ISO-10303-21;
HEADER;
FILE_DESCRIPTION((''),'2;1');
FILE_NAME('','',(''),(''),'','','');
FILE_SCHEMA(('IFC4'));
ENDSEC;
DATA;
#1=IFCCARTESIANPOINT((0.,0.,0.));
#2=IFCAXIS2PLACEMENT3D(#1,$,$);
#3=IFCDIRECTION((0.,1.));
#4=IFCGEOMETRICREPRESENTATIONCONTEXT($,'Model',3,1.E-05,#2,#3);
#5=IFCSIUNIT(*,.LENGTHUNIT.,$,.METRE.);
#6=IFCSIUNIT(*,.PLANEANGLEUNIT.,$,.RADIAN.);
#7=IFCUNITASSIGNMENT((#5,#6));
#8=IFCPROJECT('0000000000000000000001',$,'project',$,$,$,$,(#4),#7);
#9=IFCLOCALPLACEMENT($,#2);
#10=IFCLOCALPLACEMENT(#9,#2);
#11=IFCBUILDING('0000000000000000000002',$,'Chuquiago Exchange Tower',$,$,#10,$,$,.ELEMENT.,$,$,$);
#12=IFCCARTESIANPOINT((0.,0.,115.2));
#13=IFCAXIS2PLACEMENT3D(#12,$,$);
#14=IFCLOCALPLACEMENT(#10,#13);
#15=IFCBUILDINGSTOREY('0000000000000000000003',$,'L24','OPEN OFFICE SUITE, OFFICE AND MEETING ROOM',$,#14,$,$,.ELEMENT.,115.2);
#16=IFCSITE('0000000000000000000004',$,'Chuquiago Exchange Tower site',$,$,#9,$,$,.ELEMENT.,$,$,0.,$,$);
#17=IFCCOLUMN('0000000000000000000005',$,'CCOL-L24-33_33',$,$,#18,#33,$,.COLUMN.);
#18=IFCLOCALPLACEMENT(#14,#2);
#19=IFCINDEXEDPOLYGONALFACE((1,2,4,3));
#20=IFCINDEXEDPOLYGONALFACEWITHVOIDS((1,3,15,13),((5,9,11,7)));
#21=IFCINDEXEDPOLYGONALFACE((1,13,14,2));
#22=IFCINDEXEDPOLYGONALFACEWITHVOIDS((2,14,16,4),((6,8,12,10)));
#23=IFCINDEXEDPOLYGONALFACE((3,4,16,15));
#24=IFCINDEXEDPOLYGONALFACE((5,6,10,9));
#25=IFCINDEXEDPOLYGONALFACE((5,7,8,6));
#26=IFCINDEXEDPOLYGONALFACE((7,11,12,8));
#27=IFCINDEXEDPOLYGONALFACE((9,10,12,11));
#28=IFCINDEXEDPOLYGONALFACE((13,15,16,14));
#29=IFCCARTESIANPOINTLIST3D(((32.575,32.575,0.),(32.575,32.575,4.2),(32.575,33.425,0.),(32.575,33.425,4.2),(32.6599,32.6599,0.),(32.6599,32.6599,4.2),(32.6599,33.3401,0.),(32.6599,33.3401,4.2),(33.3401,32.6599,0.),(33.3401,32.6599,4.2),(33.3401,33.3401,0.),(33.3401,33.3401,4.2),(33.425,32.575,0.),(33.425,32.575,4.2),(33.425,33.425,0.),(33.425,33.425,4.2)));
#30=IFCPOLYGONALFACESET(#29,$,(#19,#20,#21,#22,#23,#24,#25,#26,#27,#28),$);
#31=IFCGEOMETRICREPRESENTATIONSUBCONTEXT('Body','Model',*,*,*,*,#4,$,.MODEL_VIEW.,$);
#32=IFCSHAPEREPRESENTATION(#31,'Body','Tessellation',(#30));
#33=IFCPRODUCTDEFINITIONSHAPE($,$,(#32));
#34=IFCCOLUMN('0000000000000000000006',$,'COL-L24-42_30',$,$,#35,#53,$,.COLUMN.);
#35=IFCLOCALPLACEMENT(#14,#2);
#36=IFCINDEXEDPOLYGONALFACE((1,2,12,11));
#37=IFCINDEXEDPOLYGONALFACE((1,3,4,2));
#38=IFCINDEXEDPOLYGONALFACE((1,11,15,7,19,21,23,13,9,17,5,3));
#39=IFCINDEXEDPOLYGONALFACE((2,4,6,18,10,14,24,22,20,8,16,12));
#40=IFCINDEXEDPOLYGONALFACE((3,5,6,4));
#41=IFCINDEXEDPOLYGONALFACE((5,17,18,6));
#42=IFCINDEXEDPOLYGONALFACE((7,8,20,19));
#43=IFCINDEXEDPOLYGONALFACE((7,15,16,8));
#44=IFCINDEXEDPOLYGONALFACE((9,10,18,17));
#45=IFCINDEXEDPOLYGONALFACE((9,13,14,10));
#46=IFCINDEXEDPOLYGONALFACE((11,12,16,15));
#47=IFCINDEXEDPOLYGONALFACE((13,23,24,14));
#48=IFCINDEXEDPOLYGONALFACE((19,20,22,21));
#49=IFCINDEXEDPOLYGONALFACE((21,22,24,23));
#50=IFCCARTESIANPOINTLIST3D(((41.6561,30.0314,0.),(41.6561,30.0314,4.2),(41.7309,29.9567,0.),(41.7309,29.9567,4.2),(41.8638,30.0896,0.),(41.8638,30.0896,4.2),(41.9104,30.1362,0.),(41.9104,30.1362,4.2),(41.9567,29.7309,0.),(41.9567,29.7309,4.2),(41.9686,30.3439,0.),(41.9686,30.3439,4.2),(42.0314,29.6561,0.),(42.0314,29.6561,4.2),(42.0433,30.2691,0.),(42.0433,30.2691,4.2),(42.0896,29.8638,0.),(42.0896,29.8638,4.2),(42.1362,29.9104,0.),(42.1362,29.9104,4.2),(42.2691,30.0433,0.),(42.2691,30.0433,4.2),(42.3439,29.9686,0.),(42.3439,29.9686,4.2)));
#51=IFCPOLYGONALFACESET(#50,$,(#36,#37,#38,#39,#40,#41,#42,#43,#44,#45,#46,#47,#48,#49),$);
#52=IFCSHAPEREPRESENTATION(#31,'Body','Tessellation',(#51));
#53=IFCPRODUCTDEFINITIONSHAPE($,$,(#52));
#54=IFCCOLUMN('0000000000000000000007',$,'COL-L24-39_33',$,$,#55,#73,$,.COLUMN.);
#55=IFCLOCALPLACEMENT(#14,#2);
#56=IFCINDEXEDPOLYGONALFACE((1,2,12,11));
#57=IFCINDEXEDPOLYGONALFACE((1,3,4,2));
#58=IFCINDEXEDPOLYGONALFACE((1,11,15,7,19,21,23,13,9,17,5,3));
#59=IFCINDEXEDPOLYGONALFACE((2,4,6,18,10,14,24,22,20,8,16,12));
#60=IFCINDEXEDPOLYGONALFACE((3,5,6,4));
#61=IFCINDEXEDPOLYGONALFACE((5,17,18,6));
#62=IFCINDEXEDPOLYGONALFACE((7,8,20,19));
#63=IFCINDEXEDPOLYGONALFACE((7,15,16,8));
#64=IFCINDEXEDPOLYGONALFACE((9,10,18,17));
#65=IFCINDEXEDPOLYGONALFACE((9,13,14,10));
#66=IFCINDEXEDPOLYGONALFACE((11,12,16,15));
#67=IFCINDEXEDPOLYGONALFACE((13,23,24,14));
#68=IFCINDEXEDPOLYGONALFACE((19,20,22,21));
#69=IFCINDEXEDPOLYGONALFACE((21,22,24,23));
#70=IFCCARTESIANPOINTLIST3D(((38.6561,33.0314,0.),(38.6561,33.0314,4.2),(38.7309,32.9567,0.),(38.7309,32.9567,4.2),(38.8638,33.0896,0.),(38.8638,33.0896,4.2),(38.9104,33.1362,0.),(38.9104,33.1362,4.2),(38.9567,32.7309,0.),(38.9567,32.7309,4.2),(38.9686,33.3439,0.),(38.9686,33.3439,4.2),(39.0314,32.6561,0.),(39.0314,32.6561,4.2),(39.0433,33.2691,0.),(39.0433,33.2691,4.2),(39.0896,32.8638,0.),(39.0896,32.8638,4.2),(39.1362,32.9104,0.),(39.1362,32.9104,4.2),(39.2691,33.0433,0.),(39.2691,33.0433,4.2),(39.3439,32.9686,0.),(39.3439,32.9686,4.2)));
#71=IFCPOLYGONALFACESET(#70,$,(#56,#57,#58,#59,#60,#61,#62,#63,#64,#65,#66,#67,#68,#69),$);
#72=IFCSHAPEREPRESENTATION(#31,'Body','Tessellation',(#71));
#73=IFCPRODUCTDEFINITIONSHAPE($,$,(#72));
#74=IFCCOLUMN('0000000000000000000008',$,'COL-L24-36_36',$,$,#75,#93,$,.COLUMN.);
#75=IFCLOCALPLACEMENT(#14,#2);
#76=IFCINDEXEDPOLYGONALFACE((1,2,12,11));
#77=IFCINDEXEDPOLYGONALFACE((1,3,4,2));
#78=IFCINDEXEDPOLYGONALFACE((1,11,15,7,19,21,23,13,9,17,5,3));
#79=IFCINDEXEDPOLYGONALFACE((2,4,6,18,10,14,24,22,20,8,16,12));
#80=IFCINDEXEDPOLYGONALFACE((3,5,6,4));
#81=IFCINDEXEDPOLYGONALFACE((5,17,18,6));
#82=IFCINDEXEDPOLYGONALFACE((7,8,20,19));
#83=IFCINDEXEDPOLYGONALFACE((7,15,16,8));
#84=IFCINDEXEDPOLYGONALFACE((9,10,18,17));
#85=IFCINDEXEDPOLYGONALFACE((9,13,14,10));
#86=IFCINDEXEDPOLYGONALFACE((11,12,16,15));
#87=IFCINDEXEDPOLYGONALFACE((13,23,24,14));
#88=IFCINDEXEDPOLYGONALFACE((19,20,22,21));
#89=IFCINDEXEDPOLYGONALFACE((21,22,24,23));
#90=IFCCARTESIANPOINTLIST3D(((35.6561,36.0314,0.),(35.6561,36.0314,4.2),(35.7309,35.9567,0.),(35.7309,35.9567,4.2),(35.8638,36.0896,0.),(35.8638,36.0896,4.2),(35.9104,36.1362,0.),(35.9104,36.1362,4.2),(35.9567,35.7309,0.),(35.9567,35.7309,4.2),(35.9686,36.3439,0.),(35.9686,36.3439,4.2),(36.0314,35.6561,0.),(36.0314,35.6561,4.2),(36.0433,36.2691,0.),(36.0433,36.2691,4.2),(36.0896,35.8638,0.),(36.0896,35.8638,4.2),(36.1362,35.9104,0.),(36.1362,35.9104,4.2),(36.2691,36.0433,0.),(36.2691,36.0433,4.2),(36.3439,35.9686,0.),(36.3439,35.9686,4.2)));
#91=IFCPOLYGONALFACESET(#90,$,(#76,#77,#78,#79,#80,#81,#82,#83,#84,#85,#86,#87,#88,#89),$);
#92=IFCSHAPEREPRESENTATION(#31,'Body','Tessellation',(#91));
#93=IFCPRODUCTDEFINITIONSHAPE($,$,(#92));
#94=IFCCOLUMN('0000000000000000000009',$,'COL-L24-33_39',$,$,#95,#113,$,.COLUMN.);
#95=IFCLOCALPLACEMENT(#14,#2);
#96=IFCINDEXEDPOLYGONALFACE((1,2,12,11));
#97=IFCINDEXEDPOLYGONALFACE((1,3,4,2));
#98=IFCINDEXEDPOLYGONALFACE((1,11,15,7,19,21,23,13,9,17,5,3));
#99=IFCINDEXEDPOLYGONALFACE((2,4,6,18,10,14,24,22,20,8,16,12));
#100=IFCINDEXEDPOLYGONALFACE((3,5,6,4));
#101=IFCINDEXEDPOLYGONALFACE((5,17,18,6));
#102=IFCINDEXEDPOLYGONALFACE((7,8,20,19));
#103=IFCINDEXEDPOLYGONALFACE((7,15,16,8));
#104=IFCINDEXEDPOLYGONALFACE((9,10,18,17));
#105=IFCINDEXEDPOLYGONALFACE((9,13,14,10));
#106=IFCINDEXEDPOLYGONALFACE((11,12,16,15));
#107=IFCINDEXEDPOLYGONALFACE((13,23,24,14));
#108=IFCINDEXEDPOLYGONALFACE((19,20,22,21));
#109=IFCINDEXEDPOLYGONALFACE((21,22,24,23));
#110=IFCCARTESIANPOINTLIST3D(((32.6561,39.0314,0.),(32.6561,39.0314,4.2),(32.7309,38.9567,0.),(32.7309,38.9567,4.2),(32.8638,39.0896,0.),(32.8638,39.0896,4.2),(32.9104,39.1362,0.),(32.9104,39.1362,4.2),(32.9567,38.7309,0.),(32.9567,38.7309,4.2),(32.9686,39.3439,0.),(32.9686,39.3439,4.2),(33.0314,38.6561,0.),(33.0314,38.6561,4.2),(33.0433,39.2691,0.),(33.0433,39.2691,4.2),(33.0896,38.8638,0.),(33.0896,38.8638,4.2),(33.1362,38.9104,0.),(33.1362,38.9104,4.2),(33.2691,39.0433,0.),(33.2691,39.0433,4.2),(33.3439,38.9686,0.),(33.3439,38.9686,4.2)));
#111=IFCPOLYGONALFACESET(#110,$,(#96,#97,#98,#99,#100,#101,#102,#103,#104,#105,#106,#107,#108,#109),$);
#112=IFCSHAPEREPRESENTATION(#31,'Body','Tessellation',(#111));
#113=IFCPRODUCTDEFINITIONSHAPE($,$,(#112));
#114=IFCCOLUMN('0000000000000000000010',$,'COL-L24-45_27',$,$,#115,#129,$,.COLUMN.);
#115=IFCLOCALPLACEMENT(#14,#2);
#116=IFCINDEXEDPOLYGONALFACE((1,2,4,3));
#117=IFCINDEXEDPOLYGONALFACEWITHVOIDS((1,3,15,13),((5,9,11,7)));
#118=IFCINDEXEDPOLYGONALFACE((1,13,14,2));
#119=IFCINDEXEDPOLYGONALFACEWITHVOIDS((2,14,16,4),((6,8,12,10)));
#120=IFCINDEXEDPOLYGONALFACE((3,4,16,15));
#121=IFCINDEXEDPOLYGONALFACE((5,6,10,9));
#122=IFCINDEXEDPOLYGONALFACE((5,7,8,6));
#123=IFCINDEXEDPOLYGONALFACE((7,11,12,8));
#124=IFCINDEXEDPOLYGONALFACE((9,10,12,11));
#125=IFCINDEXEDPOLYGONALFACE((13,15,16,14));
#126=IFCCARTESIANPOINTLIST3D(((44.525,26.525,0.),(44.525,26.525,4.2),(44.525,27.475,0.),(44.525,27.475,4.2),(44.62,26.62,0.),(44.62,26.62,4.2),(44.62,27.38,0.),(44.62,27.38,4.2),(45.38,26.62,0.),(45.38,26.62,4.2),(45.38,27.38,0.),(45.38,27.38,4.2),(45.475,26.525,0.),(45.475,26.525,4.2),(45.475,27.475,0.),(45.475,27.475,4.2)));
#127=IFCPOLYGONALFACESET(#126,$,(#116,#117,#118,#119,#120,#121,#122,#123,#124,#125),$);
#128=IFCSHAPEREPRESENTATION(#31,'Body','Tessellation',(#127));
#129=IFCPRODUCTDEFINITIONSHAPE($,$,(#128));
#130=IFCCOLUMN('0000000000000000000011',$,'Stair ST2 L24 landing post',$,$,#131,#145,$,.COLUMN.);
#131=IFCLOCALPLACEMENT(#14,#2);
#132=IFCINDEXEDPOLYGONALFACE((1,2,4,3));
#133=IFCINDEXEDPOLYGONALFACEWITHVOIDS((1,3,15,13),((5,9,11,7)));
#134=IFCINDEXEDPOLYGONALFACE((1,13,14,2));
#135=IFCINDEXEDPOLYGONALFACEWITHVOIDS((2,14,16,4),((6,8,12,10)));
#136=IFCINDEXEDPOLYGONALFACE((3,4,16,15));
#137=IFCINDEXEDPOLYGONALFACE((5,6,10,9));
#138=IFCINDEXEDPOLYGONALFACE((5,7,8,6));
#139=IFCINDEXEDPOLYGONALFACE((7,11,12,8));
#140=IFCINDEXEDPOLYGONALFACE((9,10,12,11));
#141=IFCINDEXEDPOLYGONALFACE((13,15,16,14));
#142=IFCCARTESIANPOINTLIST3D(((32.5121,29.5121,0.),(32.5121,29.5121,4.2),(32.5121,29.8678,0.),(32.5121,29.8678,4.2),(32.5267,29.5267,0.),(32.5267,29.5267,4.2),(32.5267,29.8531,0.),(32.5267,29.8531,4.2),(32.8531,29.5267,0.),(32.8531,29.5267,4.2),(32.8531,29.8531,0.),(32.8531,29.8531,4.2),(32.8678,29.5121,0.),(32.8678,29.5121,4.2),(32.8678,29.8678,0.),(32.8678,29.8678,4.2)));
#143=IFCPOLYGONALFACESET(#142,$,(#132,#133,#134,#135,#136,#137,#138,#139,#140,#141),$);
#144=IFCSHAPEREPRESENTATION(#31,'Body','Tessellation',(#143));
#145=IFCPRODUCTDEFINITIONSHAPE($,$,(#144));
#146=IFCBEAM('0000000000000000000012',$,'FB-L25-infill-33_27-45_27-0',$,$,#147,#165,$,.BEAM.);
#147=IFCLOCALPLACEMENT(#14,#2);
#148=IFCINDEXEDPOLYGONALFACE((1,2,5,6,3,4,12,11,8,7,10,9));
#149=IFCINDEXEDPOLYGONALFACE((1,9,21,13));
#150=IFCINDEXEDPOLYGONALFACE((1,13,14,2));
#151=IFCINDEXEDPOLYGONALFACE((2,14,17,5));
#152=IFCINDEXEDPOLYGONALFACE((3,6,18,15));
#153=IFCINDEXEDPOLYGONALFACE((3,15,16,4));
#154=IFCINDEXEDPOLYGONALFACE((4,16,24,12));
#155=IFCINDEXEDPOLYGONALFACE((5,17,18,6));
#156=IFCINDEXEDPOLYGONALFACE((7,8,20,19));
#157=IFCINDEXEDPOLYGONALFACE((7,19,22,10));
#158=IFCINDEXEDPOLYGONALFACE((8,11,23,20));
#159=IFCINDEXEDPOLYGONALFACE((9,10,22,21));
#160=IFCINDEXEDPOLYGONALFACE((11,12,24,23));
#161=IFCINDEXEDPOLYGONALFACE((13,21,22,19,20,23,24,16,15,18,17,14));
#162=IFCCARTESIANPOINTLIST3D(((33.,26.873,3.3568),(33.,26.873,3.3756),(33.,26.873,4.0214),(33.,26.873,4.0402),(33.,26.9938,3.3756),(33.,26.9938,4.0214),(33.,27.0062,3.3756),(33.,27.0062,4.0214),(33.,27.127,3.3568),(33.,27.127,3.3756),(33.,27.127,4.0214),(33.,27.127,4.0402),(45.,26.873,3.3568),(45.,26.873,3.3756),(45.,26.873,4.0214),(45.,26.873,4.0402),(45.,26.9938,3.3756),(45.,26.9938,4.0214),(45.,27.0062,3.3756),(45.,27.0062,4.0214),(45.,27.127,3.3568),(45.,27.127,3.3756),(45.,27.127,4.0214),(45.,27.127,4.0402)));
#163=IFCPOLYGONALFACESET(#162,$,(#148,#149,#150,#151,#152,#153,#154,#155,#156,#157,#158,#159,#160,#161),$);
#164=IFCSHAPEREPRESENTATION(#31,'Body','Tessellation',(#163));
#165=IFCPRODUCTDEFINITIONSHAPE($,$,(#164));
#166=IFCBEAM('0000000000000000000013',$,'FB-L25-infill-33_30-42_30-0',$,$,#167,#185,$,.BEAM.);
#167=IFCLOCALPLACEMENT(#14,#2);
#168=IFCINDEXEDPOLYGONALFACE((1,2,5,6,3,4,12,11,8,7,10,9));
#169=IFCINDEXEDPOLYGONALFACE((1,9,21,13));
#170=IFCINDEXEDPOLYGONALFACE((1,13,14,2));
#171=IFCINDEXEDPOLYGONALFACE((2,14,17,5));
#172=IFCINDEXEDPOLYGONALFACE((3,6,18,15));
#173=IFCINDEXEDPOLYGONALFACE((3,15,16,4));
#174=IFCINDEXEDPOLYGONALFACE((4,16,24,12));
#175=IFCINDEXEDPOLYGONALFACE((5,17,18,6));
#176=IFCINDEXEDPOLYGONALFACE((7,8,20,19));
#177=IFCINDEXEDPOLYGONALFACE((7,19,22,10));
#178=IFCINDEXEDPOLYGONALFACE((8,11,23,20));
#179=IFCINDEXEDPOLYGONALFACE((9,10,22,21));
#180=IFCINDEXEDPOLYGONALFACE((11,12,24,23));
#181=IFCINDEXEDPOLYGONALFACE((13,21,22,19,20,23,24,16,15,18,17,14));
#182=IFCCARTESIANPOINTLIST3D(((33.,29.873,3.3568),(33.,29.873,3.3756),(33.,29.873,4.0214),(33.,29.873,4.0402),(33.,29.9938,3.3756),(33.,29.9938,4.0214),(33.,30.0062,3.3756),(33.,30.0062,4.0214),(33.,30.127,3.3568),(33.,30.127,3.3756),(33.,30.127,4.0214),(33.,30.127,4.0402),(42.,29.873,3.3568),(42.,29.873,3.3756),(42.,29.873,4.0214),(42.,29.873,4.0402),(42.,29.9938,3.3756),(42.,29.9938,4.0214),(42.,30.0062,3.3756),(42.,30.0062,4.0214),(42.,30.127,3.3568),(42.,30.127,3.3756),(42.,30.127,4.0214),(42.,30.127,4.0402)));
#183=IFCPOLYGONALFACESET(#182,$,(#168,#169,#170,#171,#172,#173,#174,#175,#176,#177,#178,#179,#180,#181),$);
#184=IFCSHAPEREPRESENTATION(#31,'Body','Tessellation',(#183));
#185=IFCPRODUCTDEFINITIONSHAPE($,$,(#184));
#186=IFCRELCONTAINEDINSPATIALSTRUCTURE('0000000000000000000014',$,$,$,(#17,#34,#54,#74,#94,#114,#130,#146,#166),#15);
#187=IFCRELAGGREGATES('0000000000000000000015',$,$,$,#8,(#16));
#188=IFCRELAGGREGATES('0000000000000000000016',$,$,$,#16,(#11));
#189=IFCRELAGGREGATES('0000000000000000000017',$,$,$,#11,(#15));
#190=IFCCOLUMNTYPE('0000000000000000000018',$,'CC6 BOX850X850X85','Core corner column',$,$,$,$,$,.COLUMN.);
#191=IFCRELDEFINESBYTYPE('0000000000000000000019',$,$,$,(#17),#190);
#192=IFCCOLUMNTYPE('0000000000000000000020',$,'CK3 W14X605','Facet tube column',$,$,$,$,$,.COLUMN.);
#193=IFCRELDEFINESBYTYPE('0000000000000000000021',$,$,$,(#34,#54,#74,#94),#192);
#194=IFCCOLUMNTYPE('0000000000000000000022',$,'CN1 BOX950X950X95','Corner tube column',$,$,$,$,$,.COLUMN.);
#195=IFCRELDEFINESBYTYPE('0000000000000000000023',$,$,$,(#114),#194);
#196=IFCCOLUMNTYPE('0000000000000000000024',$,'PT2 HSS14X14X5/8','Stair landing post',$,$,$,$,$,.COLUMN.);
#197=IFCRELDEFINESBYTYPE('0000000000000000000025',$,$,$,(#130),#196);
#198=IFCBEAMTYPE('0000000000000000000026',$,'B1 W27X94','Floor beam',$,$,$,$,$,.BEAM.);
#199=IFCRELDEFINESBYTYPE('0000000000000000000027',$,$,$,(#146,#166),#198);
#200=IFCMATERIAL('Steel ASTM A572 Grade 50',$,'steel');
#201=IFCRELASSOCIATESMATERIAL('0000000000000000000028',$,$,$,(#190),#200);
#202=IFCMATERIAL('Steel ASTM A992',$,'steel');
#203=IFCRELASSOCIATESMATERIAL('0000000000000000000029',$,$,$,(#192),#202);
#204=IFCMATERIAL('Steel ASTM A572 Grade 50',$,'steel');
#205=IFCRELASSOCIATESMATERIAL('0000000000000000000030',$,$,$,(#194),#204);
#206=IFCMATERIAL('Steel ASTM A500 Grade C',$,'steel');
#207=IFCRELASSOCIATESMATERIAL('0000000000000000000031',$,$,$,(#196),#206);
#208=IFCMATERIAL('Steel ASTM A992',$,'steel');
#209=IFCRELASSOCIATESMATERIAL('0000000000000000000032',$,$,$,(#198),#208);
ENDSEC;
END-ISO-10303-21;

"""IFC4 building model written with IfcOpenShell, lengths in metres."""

from ifc_helpers import new_model, si_unit, direction, frame, origin, origin_2d, place, context, subcontext, project, spatial, hollow_rectangle, i_section, extrude, material, material_profile, profile_set, type_object, element, save


model = new_model("IFC4")

# Units and contexts
model_context = context("Model", 3, precision=1e-05, world=origin(), true_north=direction((0.0, 1.0)))
body_context = subcontext(model_context, "Body", "Model", "MODEL_VIEW")
ifc_project = project(units=[si_unit("LENGTHUNIT", "METRE"), si_unit("PLANEANGLEUNIT", "RADIAN")], contexts=[model_context])

# Site, building, storey
site_placement = place(None, origin())
site = spatial("IfcSite", under=ifc_project, at=site_placement, Name="Chuquiago Exchange Tower site", CompositionType="ELEMENT", RefElevation=0.0)
building_placement = place(site_placement, origin())
building = spatial("IfcBuilding", under=site, at=building_placement, Name="Chuquiago Exchange Tower", CompositionType="ELEMENT")
storey_placement = place(building_placement, frame((0.0, 0.0, 115.2)))
storey = spatial("IfcBuildingStorey", under=building, at=storey_placement, Name="L24", Description="OPEN OFFICE SUITE, OFFICE AND MEETING ROOM", CompositionType="ELEMENT", Elevation=115.2)

# Columns
ifc_material_1 = material(Name="Steel ASTM A572 Grade 50", Category="steel")
ifc_material_profile_1 = material_profile(ifc_material_1, hollow_rectangle(XDim=0.8501, YDim=0.8501, WallThickness=0.085, at=origin_2d()), Name="BOX850X850X85")
ifc_profile_set_1 = profile_set([ifc_material_profile_1], Name="Steel ASTM A572 Grade 50")
column_type_1 = type_object("IfcColumnType", Name="CC6 BOX850X850X85", Description="Core corner column", PredefinedType="COLUMN", material=ifc_profile_set_1)
column_1_placement = place(storey_placement, frame((33.0, 33.0, 0.0), z_axis=(0.0, 0.0, 1.0), x_axis=(1.0, 0.0, 0.0)))
element("IfcColumn", 1, at=column_1_placement, inside=storey, type_object=column_type_1, Name="CCOL-L24-33_33", PredefinedType="COLUMN", context=body_context, shape_type="SweptSolid", body=[
    extrude(hollow_rectangle(XDim=0.8501, YDim=0.8501, WallThickness=0.085, at=origin_2d()), origin(), (0.0, 0.0, 1.0), 4.2),
])
ifc_material_2 = material(Name="Steel ASTM A992", Category="steel")
ifc_material_profile_2 = material_profile(ifc_material_2, i_section(OverallWidth=0.4419, OverallDepth=0.5308, WebThickness=0.0659, FlangeThickness=0.1057, at=origin_2d()), Name="W14X605")
ifc_profile_set_2 = profile_set([ifc_material_profile_2], Name="Steel ASTM A992")
column_type_2 = type_object("IfcColumnType", Name="CK3 W14X605", Description="Facet tube column", PredefinedType="COLUMN", material=ifc_profile_set_2)
for number, where, z_axis, x_axis, name in (
    (2, (42.0, 30.0, 0.0), (0.0, 0.0, 1.0), (0.707107, 0.707107, 0.0), "COL-L24-42_30"),
    (3, (39.0, 33.0, 0.0), (0.0, 0.0, 1.0), (0.707107, 0.707107, 0.0), "COL-L24-39_33"),
    (4, (36.0, 36.0, 0.0), (0.0, 0.0, 1.0), (0.707107, 0.707107, 0.0), "COL-L24-36_36"),
    (5, (33.0, 39.0, 0.0), (0.0, 0.0, 1.0), (0.707107, 0.707107, 0.0), "COL-L24-33_39"),
):
    element("IfcColumn", number, at=place(storey_placement, frame(where, z_axis=z_axis, x_axis=x_axis)), inside=storey, type_object=column_type_2, Name=name, PredefinedType="COLUMN", context=body_context, shape_type="SweptSolid", body=[
        extrude(i_section(OverallWidth=0.4419, OverallDepth=0.5308, WebThickness=0.0659, FlangeThickness=0.1057, at=origin_2d()), origin(), (0.0, 0.0, 1.0), 4.2),
    ])
ifc_material_3 = material(Name="Steel ASTM A572 Grade 50", Category="steel")
ifc_material_profile_3 = material_profile(ifc_material_3, hollow_rectangle(XDim=0.95, YDim=0.95, WallThickness=0.095, at=origin_2d()), Name="BOX950X950X95")
ifc_profile_set_3 = profile_set([ifc_material_profile_3], Name="Steel ASTM A572 Grade 50")
column_type_3 = type_object("IfcColumnType", Name="CN1 BOX950X950X95", Description="Corner tube column", PredefinedType="COLUMN", material=ifc_profile_set_3)
column_2_placement = place(storey_placement, frame((45.0, 27.0, 0.0), z_axis=(0.0, 0.0, 1.0), x_axis=(1.0, 0.0, 0.0)))
element("IfcColumn", 6, at=column_2_placement, inside=storey, type_object=column_type_3, Name="COL-L24-45_27", PredefinedType="COLUMN", context=body_context, shape_type="SweptSolid", body=[
    extrude(hollow_rectangle(XDim=0.95, YDim=0.95, WallThickness=0.095, at=origin_2d()), origin(), (0.0, 0.0, 1.0), 4.2),
])
ifc_material_4 = material(Name="Steel ASTM A500 Grade C", Category="steel")
ifc_material_profile_4 = material_profile(ifc_material_4, hollow_rectangle(XDim=0.3557, YDim=0.3557, WallThickness=0.0146, at=origin_2d()), Name="HSS14X14X5/8")
ifc_profile_set_4 = profile_set([ifc_material_profile_4], Name="Steel ASTM A500 Grade C")
column_type_4 = type_object("IfcColumnType", Name="PT2 HSS14X14X5/8", Description="Stair landing post", PredefinedType="COLUMN", material=ifc_profile_set_4)
column_3_placement = place(storey_placement, frame((32.6899, 29.6899, 0.0), z_axis=(0.0, 0.0, 1.0), x_axis=(1.0, 0.0, 0.0)))
element("IfcColumn", 7, at=column_3_placement, inside=storey, type_object=column_type_4, Name="Stair ST2 L24 landing post", PredefinedType="COLUMN", context=body_context, shape_type="SweptSolid", body=[
    extrude(hollow_rectangle(XDim=0.3557, YDim=0.3557, WallThickness=0.0146, at=origin_2d()), origin(), (0.0, 0.0, 1.0), 4.2),
])

# Beams
ifc_material_5 = material(Name="Steel ASTM A992", Category="steel")
ifc_material_profile_5 = material_profile(ifc_material_5, i_section(OverallWidth=0.2539, OverallDepth=0.6833, WebThickness=0.0125, FlangeThickness=0.0188, at=origin_2d()), Name="W27X94")
ifc_profile_set_5 = profile_set([ifc_material_profile_5], Name="Steel ASTM A992")
beam_type_1 = type_object("IfcBeamType", Name="B1 W27X94", Description="Floor beam", PredefinedType="BEAM", material=ifc_profile_set_5)
beam_1_placement = place(storey_placement, frame((33.0, 27.0, 3.6985), z_axis=(1.0, 0.0, 0.0), x_axis=(0.0, 1.0, 0.0)))
element("IfcBeam", 8, at=beam_1_placement, inside=storey, type_object=beam_type_1, Name="FB-L25-infill-33_27-45_27-0", PredefinedType="BEAM", context=body_context, shape_type="SweptSolid", body=[
    extrude(i_section(OverallWidth=0.2539, OverallDepth=0.6833, WebThickness=0.0125, FlangeThickness=0.0188, at=origin_2d()), origin(), (0.0, 0.0, 1.0), 12.0),
])
beam_2_placement = place(storey_placement, frame((33.0, 30.0, 3.6985), z_axis=(1.0, 0.0, 0.0), x_axis=(0.0, 1.0, 0.0)))
element("IfcBeam", 9, at=beam_2_placement, inside=storey, type_object=beam_type_1, Name="FB-L25-infill-33_30-42_30-0", PredefinedType="BEAM", context=body_context, shape_type="SweptSolid", body=[
    extrude(i_section(OverallWidth=0.2539, OverallDepth=0.6833, WebThickness=0.0125, FlangeThickness=0.0188, at=origin_2d()), origin(), (0.0, 0.0, 1.0), 9.0),
])

save(model, "model.ifc")
